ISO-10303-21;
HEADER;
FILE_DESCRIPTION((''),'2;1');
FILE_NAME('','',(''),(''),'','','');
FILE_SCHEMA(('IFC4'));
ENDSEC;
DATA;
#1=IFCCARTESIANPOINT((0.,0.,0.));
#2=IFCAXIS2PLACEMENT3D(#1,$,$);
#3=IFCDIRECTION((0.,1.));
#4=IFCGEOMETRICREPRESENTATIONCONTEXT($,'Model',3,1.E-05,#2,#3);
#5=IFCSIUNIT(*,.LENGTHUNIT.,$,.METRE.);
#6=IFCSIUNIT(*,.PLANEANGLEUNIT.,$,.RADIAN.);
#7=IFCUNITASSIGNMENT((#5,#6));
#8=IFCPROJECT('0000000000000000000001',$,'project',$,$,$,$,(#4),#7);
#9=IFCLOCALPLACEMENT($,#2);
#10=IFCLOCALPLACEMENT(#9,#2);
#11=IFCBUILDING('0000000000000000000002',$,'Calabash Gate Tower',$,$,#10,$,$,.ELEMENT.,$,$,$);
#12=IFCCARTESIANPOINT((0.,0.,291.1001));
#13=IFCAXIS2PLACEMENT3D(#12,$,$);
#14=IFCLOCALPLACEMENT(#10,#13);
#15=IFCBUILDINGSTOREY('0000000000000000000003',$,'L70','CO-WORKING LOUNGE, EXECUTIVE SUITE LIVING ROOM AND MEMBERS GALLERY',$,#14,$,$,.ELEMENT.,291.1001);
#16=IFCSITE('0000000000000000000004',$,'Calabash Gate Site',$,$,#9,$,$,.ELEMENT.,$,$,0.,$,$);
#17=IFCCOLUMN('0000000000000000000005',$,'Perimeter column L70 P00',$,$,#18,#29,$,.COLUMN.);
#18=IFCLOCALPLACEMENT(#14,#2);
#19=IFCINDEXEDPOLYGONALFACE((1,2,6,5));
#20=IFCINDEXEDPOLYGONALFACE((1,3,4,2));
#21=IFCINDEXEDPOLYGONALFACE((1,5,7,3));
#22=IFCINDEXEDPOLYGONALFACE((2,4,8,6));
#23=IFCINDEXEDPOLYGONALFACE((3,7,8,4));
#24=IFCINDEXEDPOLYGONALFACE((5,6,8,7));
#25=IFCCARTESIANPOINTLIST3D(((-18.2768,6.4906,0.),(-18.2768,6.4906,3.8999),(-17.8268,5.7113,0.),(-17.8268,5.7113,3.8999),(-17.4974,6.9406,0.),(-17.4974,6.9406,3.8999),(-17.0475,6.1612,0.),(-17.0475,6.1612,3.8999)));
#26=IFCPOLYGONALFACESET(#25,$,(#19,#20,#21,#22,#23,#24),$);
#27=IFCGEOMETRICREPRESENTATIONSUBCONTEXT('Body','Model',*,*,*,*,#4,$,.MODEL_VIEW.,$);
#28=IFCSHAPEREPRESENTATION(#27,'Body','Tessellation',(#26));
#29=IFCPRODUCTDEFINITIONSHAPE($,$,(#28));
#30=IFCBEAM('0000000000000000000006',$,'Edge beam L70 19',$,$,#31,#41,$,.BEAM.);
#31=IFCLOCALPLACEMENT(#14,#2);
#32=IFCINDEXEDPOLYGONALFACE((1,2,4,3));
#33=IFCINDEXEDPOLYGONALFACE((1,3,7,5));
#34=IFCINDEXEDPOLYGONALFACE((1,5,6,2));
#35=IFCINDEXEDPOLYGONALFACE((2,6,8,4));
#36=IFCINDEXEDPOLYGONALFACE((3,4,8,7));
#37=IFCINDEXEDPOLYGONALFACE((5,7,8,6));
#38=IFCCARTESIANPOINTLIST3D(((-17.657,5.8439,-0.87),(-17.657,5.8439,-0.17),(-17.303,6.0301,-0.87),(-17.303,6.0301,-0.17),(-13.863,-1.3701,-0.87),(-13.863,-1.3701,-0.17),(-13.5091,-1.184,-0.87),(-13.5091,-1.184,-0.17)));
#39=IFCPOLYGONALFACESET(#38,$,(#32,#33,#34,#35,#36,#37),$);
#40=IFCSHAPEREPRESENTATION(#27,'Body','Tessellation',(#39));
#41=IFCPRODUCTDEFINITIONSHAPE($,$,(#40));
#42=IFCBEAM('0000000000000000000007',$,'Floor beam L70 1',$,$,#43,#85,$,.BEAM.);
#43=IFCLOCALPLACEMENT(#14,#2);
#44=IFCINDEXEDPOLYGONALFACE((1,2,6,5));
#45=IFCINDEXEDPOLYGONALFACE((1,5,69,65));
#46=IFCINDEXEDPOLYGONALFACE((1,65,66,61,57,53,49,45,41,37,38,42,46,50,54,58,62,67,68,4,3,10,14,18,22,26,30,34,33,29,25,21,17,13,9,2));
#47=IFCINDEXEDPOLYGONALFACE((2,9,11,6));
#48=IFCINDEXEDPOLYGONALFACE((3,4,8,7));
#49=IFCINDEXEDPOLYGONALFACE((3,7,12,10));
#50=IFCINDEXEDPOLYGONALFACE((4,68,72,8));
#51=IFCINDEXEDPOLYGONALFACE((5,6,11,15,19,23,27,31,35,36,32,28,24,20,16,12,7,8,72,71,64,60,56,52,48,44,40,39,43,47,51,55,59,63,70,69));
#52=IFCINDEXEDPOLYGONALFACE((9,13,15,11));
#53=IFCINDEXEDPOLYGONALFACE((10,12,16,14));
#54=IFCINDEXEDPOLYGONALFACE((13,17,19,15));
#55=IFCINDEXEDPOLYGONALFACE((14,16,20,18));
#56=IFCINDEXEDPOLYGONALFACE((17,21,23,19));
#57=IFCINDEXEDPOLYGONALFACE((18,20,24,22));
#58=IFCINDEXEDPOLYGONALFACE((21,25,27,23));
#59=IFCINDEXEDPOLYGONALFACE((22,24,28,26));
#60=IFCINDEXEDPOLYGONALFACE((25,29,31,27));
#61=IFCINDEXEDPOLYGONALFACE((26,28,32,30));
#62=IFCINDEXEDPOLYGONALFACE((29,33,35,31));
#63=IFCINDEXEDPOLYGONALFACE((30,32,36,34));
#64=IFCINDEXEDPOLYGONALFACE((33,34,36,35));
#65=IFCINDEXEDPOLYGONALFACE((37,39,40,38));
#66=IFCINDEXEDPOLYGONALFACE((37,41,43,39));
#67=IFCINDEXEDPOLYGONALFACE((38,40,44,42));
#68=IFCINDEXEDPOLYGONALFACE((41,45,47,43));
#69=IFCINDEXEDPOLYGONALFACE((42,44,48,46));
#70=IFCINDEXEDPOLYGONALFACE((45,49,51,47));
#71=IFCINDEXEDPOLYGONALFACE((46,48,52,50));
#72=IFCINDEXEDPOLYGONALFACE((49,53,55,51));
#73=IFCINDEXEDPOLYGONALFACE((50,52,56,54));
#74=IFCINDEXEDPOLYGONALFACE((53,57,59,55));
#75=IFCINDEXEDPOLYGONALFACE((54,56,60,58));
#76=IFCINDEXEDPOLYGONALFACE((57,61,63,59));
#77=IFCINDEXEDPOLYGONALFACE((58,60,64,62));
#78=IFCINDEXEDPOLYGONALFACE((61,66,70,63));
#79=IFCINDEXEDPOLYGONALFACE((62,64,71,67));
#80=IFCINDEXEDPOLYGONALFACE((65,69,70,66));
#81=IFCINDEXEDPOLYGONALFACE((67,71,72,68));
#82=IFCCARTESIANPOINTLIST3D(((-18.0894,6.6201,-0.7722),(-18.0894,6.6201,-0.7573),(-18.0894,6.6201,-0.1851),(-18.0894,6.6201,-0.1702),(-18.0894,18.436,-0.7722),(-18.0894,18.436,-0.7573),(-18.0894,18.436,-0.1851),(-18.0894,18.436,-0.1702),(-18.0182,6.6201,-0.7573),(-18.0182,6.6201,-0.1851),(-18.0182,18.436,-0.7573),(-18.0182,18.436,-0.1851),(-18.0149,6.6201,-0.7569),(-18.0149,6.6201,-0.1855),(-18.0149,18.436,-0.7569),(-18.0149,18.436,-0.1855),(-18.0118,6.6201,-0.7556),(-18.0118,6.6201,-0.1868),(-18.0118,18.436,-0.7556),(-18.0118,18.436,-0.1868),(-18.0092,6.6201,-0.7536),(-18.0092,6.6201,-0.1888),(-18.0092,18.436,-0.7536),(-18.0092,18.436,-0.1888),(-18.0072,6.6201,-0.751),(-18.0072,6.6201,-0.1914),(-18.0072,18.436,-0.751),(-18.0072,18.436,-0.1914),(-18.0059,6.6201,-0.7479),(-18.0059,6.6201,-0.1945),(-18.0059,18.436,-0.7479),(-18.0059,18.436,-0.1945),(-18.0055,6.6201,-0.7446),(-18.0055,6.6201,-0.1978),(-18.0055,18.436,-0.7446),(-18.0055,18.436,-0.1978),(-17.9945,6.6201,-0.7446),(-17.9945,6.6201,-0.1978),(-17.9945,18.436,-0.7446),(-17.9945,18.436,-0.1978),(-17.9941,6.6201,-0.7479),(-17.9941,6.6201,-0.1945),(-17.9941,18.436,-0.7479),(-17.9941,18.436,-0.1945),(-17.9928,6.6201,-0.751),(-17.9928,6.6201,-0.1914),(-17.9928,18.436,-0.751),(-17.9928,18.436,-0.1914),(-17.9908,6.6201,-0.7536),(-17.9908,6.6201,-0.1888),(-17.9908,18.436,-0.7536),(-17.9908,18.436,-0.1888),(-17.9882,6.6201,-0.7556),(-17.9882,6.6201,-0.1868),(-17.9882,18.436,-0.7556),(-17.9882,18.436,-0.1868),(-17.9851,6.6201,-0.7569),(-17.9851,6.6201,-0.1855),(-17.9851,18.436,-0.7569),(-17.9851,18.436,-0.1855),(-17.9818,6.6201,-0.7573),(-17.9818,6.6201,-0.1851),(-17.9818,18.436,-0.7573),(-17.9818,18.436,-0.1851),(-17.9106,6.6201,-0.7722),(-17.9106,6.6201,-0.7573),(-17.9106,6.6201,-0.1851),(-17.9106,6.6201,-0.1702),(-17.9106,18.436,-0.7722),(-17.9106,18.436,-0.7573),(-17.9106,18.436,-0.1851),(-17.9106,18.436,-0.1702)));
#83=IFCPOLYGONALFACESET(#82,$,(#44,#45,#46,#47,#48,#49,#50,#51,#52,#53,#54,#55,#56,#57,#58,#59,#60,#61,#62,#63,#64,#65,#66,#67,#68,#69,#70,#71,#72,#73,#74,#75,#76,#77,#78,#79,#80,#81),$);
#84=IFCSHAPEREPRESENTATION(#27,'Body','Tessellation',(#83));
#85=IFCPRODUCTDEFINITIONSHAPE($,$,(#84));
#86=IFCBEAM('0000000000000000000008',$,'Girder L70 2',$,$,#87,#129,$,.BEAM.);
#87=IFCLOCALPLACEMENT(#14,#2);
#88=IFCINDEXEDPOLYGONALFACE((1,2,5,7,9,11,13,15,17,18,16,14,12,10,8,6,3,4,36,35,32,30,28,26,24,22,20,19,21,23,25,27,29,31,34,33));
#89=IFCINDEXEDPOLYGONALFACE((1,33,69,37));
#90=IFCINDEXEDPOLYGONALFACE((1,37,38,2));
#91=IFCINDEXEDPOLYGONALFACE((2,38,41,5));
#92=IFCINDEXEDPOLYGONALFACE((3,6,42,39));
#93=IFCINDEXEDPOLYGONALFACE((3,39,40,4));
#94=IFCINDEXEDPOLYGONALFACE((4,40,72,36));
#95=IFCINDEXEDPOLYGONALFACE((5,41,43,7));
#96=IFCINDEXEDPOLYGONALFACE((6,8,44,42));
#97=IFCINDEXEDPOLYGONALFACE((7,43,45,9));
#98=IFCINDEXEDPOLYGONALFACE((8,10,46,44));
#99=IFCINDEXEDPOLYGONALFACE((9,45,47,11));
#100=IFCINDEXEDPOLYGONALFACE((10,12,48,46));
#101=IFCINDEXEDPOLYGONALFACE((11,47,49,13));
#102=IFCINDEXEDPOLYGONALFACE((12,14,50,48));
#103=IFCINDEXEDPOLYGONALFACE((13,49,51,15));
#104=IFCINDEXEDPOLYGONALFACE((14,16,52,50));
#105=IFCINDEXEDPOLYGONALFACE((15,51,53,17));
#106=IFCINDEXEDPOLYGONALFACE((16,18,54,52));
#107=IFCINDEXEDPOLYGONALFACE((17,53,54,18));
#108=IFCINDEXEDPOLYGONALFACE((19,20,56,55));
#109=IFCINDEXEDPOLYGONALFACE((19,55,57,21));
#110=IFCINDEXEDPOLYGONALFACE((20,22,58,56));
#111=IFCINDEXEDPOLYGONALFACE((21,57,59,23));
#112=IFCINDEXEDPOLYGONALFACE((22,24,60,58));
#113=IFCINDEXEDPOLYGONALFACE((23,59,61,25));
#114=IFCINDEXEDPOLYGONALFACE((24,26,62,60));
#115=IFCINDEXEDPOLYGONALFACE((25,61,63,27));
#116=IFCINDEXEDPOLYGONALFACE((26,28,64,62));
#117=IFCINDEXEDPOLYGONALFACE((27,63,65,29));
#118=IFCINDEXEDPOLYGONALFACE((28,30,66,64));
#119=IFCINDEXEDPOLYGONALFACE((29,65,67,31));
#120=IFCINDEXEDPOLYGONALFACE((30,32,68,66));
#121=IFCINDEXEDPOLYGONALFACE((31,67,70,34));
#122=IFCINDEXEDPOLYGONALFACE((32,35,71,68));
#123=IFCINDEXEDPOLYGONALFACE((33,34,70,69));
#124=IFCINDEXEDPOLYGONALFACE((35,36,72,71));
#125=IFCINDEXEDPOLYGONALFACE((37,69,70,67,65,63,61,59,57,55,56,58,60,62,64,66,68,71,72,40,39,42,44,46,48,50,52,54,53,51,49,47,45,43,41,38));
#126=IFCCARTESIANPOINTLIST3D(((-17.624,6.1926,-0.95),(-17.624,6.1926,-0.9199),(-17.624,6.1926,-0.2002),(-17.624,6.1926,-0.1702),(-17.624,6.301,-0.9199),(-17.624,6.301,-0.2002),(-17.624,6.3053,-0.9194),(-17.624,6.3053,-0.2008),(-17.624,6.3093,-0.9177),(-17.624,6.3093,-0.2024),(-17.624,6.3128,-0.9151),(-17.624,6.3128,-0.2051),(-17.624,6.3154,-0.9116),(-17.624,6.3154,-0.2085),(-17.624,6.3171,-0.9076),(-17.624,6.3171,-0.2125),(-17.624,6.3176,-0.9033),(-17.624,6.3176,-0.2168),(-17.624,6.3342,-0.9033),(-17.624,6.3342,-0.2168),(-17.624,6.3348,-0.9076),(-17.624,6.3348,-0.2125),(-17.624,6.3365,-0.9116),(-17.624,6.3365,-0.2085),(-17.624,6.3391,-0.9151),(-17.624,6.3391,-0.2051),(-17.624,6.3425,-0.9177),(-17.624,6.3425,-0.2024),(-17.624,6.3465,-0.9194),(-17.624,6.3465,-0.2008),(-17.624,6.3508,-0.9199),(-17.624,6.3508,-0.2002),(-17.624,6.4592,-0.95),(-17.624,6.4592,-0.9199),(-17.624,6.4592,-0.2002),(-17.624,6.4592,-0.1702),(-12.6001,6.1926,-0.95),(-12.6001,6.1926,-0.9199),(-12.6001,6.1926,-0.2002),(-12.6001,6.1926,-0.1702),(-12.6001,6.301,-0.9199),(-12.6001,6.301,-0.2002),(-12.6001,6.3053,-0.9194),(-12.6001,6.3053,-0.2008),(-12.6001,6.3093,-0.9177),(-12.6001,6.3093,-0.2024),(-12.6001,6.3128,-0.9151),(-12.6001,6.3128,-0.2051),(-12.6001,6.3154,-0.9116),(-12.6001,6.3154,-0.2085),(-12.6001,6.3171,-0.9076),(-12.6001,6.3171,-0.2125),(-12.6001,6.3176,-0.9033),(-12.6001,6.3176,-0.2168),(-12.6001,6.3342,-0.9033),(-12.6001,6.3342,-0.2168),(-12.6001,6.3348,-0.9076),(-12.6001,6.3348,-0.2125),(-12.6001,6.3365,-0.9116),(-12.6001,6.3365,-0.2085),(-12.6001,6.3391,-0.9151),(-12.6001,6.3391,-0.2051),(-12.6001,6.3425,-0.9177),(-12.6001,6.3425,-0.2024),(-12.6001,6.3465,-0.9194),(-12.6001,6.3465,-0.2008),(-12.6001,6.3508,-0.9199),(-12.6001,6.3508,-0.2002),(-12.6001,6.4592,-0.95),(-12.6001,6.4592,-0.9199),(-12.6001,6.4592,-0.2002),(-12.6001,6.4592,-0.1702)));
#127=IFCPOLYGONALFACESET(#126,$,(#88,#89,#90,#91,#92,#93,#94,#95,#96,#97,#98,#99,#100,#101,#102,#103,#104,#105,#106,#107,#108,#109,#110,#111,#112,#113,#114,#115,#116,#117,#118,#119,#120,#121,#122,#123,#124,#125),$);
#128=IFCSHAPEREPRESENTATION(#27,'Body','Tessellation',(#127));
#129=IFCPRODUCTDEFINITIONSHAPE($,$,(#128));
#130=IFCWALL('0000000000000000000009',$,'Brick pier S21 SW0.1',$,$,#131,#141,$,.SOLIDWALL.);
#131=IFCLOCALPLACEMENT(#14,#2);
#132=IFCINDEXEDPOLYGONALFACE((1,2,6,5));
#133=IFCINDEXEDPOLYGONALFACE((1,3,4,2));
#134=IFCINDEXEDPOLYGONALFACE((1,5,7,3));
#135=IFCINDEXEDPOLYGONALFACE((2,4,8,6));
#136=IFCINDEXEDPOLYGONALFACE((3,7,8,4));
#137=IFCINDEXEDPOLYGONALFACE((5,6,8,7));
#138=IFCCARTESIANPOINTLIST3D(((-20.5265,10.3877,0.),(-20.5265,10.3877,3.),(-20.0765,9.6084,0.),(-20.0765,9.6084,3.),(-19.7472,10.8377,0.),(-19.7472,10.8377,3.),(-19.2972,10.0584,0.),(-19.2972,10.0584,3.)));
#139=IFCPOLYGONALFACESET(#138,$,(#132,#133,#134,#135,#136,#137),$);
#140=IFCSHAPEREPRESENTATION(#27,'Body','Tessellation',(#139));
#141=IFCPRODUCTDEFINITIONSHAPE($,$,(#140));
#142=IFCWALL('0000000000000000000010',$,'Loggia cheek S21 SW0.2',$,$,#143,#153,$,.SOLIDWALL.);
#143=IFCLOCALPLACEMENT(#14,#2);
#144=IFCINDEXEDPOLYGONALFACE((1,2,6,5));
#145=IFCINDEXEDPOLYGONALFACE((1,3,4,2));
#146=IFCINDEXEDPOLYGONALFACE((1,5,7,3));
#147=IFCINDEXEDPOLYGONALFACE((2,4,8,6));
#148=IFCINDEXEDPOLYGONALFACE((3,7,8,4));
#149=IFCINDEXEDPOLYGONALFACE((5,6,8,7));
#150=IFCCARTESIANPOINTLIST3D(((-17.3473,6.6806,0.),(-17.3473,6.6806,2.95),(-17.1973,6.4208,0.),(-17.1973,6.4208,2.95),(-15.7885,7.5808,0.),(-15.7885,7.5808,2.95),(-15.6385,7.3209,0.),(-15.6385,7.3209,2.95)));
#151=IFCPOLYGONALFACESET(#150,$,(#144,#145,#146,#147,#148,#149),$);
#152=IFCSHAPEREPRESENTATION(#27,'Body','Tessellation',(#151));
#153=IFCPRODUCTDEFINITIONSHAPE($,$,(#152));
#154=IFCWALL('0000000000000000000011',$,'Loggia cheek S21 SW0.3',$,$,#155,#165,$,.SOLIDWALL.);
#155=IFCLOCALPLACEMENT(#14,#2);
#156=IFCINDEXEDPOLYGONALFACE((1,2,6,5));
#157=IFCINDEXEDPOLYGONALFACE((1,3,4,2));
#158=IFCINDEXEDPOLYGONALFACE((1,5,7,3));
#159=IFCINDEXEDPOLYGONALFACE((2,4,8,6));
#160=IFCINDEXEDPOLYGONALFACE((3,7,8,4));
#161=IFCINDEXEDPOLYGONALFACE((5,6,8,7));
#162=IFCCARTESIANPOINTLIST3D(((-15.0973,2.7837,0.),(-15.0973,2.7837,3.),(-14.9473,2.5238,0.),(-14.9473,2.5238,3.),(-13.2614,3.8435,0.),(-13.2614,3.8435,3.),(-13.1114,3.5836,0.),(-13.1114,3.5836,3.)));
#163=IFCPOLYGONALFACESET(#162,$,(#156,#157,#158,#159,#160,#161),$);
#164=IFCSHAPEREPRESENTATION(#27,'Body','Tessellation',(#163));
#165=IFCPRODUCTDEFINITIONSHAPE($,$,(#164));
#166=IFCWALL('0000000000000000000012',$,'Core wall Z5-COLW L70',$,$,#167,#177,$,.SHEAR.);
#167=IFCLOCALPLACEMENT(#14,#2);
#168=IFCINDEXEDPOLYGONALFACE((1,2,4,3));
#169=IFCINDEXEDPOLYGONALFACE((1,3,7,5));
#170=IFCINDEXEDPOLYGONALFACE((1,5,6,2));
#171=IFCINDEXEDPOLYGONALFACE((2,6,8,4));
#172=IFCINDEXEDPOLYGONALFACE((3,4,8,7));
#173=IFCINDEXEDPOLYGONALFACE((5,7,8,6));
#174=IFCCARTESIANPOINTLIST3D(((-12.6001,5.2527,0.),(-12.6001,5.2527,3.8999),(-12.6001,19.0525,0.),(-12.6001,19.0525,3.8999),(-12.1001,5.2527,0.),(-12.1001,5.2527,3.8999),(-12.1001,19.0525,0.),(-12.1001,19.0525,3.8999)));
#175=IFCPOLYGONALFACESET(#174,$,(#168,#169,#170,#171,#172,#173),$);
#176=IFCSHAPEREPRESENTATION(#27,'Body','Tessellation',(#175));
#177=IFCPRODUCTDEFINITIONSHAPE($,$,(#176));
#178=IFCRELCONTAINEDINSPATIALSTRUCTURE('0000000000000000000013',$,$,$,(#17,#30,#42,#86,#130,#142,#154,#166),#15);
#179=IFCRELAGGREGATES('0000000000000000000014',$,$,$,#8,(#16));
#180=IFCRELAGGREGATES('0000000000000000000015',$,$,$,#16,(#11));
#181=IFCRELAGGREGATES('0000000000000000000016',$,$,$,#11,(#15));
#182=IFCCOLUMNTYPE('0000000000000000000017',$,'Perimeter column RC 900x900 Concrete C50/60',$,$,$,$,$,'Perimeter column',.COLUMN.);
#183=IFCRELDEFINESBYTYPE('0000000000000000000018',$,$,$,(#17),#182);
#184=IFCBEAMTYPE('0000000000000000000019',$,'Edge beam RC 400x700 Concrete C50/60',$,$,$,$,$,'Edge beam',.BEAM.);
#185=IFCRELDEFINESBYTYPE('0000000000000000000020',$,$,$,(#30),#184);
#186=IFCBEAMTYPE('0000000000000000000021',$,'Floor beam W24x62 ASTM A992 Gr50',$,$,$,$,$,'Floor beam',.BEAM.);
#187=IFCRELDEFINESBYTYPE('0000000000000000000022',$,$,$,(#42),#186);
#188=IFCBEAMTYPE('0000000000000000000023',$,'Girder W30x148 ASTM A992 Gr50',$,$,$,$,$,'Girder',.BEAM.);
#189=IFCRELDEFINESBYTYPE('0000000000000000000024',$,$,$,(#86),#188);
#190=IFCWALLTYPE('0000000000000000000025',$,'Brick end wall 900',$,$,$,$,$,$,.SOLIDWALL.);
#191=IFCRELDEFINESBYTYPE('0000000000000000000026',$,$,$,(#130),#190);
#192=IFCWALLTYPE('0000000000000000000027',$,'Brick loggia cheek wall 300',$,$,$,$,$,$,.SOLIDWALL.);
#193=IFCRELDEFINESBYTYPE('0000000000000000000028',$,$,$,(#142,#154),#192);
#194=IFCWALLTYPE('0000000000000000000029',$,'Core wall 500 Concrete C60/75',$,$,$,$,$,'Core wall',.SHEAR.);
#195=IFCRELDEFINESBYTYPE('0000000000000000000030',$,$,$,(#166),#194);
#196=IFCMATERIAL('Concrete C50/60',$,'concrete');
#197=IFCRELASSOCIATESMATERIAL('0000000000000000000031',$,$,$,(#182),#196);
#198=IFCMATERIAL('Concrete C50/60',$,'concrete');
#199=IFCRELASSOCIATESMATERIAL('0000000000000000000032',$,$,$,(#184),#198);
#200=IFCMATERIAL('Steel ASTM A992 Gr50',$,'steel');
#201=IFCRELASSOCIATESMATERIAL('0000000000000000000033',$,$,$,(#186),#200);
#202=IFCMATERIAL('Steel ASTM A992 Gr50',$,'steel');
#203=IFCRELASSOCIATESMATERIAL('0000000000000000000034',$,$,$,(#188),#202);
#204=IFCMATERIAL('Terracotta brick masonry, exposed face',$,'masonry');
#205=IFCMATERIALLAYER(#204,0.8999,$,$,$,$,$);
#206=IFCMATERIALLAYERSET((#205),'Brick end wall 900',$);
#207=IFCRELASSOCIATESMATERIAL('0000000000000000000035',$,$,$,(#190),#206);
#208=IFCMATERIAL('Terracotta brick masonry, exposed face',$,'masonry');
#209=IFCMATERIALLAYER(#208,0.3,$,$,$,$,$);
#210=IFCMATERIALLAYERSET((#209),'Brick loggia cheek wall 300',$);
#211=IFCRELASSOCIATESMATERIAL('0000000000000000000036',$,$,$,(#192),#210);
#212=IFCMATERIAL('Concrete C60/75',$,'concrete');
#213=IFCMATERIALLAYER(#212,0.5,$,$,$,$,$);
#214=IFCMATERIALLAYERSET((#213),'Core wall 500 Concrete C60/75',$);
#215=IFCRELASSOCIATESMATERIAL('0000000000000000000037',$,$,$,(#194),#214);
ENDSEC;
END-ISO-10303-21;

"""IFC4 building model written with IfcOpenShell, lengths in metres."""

from ifc_helpers import new_model, si_unit, direction, frame, frame_2d, origin, origin_2d, place, context, subcontext, project, spatial, rectangle, i_section, extrude, material, layer, layer_set, material_profile, profile_set, type_object, element, save


model = new_model("IFC4")

# Units and contexts
model_context = context("Model", 3, precision=1e-05, world=origin(), true_north=direction((0.0, 1.0)))
body_context = subcontext(model_context, "Body", "Model", "MODEL_VIEW")
ifc_project = project(units=[si_unit("LENGTHUNIT", "METRE"), si_unit("PLANEANGLEUNIT", "RADIAN")], contexts=[model_context])

# Site, building, storey
site_placement = place(None, origin())
site = spatial("IfcSite", under=ifc_project, at=site_placement, Name="Calabash Gate Site", CompositionType="ELEMENT", RefElevation=0.0)
building_placement = place(site_placement, origin())
building = spatial("IfcBuilding", under=site, at=building_placement, Name="Calabash Gate Tower", CompositionType="ELEMENT")
storey_placement = place(building_placement, frame((0.0, 0.0, 291.1001)))
storey = spatial("IfcBuildingStorey", under=building, at=storey_placement, Name="L70", Description="CO-WORKING LOUNGE, EXECUTIVE SUITE LIVING ROOM AND MEMBERS GALLERY", CompositionType="ELEMENT", Elevation=291.1001)

# Column
ifc_material_1 = material(Name="Concrete C50/60", Category="concrete")
ifc_material_profile_1 = material_profile(ifc_material_1, rectangle(XDim=0.8999, YDim=0.8999, at=origin_2d()))
ifc_profile_set_1 = profile_set([ifc_material_profile_1], Name="Concrete C50/60")
column_type = type_object("IfcColumnType", Name="Perimeter column RC 900x900 Concrete C50/60", ElementType="Perimeter column", PredefinedType="COLUMN", material=ifc_profile_set_1)
column_placement = place(storey_placement, frame((-17.6621, 6.3259, 0.0), z_axis=(0.0, 0.0, 1.0), x_axis=(0.5, -0.866025, 0.0)))
element("IfcColumn", 1, at=column_placement, inside=storey, type_object=column_type, Name="Perimeter column L70 P00", PredefinedType="COLUMN", context=body_context, shape_type="SweptSolid", body=[
    extrude(rectangle(XDim=0.8999, YDim=0.8999, at=origin_2d()), origin(), (0.0, 0.0, 1.0), 3.8999),
])

# Beams
ifc_material_2 = material(Name="Concrete C50/60", Category="concrete")
ifc_material_profile_2 = material_profile(ifc_material_2, rectangle(XDim=0.3999, YDim=0.7, at=origin_2d()))
ifc_profile_set_2 = profile_set([ifc_material_profile_2], Name="Concrete C50/60")
beam_type_1 = type_object("IfcBeamType", Name="Edge beam RC 400x700 Concrete C50/60", ElementType="Edge beam", PredefinedType="BEAM", material=ifc_profile_set_2)
beam_1_placement = place(storey_placement, frame((-17.48, 5.937, -0.52), z_axis=(0.465462, -0.885068, 0.0), x_axis=(0.885068, 0.465462, 0.0)))
element("IfcBeam", 2, at=beam_1_placement, inside=storey, type_object=beam_type_1, Name="Edge beam L70 19", PredefinedType="BEAM", context=body_context, shape_type="SweptSolid", body=[
    extrude(rectangle(XDim=0.3999, YDim=0.7, at=origin_2d()), origin(), (0.0, 0.0, 1.0), 8.1509),
])
ifc_material_3 = material(Name="Steel ASTM A992 Gr50", Category="steel")
ifc_material_profile_3 = material_profile(ifc_material_3, i_section(OverallWidth=0.1787, OverallDepth=0.6021, WebThickness=0.011, FlangeThickness=0.0149, FilletRadius=0.0127, at=origin_2d()))
ifc_profile_set_3 = profile_set([ifc_material_profile_3], Name="Steel ASTM A992 Gr50")
beam_type_2 = type_object("IfcBeamType", Name="Floor beam W24x62 ASTM A992 Gr50", ElementType="Floor beam", PredefinedType="BEAM", material=ifc_profile_set_3)
beam_2_placement = place(storey_placement, frame((-18.0, 6.6201, -0.4712), z_axis=(0.0, 1.0, 0.0), x_axis=(-1.0, 0.0, 0.0)))
element("IfcBeam", 3, at=beam_2_placement, inside=storey, type_object=beam_type_2, Name="Floor beam L70 1", PredefinedType="BEAM", context=body_context, shape_type="SweptSolid", body=[
    extrude(i_section(OverallWidth=0.1787, OverallDepth=0.6021, WebThickness=0.011, FlangeThickness=0.0149, FilletRadius=0.0127, at=origin_2d()), origin(), (0.0, 0.0, 1.0), 11.8159),
])
ifc_material_4 = material(Name="Steel ASTM A992 Gr50", Category="steel")
ifc_material_profile_4 = material_profile(ifc_material_4, i_section(OverallWidth=0.2666, OverallDepth=0.7798, WebThickness=0.0166, FlangeThickness=0.03, FilletRadius=0.0166, at=origin_2d()))
ifc_profile_set_4 = profile_set([ifc_material_profile_4], Name="Steel ASTM A992 Gr50")
beam_type_3 = type_object("IfcBeamType", Name="Girder W30x148 ASTM A992 Gr50", ElementType="Girder", PredefinedType="BEAM", material=ifc_profile_set_4)
beam_3_placement = place(storey_placement, frame((-17.624, 6.3259, -0.5601), z_axis=(1.0, 0.0, 0.0), x_axis=(0.0, 1.0, 0.0)))
element("IfcBeam", 4, at=beam_3_placement, inside=storey, type_object=beam_type_3, Name="Girder L70 2", PredefinedType="BEAM", context=body_context, shape_type="SweptSolid", body=[
    extrude(i_section(OverallWidth=0.2666, OverallDepth=0.7798, WebThickness=0.0166, FlangeThickness=0.03, FilletRadius=0.0166, at=origin_2d()), origin(), (0.0, 0.0, 1.0), 5.0239),
])

# Walls
ifc_material_5 = material(Name="Terracotta brick masonry, exposed face", Category="masonry")
ifc_layer_1 = layer(ifc_material_5, 0.8999)
ifc_layer_set_1 = layer_set([ifc_layer_1], Name="Brick end wall 900")
wall_type_1 = type_object("IfcWallType", Name="Brick end wall 900", PredefinedType="SOLIDWALL", material=ifc_layer_set_1)
wall_1_placement = place(storey_placement, frame((-20.3015, 9.998, 0.0), z_axis=(0.0, 0.0, 1.0), x_axis=(0.866014, 0.50002, 0.0)))
element("IfcWall", 5, at=wall_1_placement, inside=storey, type_object=wall_type_1, Name="Brick pier S21 SW0.1", PredefinedType="SOLIDWALL", context=body_context, shape_type="SweptSolid", body=[
    extrude(rectangle(XDim=0.8999, YDim=0.8999, at=frame_2d((0.45, 0.0))), origin(), (0.0, 0.0, 1.0), 3.0),
])
ifc_material_6 = material(Name="Terracotta brick masonry, exposed face", Category="masonry")
ifc_layer_2 = layer(ifc_material_6, 0.3)
ifc_layer_set_2 = layer_set([ifc_layer_2], Name="Brick loggia cheek wall 300")
wall_type_2 = type_object("IfcWallType", Name="Brick loggia cheek wall 300", PredefinedType="SOLIDWALL", material=ifc_layer_set_2)
wall_2_placement = place(storey_placement, frame((-17.2722, 6.5508, 0.0), z_axis=(0.0, 0.0, 1.0), x_axis=(0.865989, 0.500063, 0.0)))
element("IfcWall", 6, at=wall_2_placement, inside=storey, type_object=wall_type_2, Name="Loggia cheek S21 SW0.2", PredefinedType="SOLIDWALL", context=body_context, shape_type="SweptSolid", body=[
    extrude(rectangle(XDim=1.8, YDim=0.3, at=frame_2d((0.8999, 0.0))), origin(), (0.0, 0.0, 1.0), 2.95),
])
wall_3_placement = place(storey_placement, frame((-13.1863, 3.7136, 0.0), z_axis=(0.0, 0.0, 1.0), x_axis=(-0.866059, -0.499942, 0.0)))
element("IfcWall", 7, at=wall_3_placement, inside=storey, type_object=wall_type_2, Name="Loggia cheek S21 SW0.3", PredefinedType="SOLIDWALL", context=body_context, shape_type="SweptSolid", body=[
    extrude(rectangle(XDim=2.1199, YDim=0.3, at=frame_2d((1.0601, 0.0))), origin(), (0.0, 0.0, 1.0), 3.0),
])
ifc_material_7 = material(Name="Concrete C60/75", Category="concrete")
ifc_layer_3 = layer(ifc_material_7, 0.5)
ifc_layer_set_3 = layer_set([ifc_layer_3], Name="Core wall 500 Concrete C60/75")
wall_type_3 = type_object("IfcWallType", Name="Core wall 500 Concrete C60/75", ElementType="Core wall", PredefinedType="SHEAR", material=ifc_layer_set_3)
wall_4_placement = place(storey_placement, frame((-12.3501, 5.2527, 0.0), z_axis=(0.0, 0.0, 1.0), x_axis=(0.0, 1.0, 0.0)))
element("IfcWall", 8, at=wall_4_placement, inside=storey, type_object=wall_type_3, Name="Core wall Z5-COLW L70", PredefinedType="SHEAR", context=body_context, shape_type="SweptSolid", body=[
    extrude(rectangle(XDim=13.7998, YDim=0.5, at=frame_2d((6.8999, 0.0))), origin(), (0.0, 0.0, 1.0), 3.8999),
])

save(model, "model.ifc")
